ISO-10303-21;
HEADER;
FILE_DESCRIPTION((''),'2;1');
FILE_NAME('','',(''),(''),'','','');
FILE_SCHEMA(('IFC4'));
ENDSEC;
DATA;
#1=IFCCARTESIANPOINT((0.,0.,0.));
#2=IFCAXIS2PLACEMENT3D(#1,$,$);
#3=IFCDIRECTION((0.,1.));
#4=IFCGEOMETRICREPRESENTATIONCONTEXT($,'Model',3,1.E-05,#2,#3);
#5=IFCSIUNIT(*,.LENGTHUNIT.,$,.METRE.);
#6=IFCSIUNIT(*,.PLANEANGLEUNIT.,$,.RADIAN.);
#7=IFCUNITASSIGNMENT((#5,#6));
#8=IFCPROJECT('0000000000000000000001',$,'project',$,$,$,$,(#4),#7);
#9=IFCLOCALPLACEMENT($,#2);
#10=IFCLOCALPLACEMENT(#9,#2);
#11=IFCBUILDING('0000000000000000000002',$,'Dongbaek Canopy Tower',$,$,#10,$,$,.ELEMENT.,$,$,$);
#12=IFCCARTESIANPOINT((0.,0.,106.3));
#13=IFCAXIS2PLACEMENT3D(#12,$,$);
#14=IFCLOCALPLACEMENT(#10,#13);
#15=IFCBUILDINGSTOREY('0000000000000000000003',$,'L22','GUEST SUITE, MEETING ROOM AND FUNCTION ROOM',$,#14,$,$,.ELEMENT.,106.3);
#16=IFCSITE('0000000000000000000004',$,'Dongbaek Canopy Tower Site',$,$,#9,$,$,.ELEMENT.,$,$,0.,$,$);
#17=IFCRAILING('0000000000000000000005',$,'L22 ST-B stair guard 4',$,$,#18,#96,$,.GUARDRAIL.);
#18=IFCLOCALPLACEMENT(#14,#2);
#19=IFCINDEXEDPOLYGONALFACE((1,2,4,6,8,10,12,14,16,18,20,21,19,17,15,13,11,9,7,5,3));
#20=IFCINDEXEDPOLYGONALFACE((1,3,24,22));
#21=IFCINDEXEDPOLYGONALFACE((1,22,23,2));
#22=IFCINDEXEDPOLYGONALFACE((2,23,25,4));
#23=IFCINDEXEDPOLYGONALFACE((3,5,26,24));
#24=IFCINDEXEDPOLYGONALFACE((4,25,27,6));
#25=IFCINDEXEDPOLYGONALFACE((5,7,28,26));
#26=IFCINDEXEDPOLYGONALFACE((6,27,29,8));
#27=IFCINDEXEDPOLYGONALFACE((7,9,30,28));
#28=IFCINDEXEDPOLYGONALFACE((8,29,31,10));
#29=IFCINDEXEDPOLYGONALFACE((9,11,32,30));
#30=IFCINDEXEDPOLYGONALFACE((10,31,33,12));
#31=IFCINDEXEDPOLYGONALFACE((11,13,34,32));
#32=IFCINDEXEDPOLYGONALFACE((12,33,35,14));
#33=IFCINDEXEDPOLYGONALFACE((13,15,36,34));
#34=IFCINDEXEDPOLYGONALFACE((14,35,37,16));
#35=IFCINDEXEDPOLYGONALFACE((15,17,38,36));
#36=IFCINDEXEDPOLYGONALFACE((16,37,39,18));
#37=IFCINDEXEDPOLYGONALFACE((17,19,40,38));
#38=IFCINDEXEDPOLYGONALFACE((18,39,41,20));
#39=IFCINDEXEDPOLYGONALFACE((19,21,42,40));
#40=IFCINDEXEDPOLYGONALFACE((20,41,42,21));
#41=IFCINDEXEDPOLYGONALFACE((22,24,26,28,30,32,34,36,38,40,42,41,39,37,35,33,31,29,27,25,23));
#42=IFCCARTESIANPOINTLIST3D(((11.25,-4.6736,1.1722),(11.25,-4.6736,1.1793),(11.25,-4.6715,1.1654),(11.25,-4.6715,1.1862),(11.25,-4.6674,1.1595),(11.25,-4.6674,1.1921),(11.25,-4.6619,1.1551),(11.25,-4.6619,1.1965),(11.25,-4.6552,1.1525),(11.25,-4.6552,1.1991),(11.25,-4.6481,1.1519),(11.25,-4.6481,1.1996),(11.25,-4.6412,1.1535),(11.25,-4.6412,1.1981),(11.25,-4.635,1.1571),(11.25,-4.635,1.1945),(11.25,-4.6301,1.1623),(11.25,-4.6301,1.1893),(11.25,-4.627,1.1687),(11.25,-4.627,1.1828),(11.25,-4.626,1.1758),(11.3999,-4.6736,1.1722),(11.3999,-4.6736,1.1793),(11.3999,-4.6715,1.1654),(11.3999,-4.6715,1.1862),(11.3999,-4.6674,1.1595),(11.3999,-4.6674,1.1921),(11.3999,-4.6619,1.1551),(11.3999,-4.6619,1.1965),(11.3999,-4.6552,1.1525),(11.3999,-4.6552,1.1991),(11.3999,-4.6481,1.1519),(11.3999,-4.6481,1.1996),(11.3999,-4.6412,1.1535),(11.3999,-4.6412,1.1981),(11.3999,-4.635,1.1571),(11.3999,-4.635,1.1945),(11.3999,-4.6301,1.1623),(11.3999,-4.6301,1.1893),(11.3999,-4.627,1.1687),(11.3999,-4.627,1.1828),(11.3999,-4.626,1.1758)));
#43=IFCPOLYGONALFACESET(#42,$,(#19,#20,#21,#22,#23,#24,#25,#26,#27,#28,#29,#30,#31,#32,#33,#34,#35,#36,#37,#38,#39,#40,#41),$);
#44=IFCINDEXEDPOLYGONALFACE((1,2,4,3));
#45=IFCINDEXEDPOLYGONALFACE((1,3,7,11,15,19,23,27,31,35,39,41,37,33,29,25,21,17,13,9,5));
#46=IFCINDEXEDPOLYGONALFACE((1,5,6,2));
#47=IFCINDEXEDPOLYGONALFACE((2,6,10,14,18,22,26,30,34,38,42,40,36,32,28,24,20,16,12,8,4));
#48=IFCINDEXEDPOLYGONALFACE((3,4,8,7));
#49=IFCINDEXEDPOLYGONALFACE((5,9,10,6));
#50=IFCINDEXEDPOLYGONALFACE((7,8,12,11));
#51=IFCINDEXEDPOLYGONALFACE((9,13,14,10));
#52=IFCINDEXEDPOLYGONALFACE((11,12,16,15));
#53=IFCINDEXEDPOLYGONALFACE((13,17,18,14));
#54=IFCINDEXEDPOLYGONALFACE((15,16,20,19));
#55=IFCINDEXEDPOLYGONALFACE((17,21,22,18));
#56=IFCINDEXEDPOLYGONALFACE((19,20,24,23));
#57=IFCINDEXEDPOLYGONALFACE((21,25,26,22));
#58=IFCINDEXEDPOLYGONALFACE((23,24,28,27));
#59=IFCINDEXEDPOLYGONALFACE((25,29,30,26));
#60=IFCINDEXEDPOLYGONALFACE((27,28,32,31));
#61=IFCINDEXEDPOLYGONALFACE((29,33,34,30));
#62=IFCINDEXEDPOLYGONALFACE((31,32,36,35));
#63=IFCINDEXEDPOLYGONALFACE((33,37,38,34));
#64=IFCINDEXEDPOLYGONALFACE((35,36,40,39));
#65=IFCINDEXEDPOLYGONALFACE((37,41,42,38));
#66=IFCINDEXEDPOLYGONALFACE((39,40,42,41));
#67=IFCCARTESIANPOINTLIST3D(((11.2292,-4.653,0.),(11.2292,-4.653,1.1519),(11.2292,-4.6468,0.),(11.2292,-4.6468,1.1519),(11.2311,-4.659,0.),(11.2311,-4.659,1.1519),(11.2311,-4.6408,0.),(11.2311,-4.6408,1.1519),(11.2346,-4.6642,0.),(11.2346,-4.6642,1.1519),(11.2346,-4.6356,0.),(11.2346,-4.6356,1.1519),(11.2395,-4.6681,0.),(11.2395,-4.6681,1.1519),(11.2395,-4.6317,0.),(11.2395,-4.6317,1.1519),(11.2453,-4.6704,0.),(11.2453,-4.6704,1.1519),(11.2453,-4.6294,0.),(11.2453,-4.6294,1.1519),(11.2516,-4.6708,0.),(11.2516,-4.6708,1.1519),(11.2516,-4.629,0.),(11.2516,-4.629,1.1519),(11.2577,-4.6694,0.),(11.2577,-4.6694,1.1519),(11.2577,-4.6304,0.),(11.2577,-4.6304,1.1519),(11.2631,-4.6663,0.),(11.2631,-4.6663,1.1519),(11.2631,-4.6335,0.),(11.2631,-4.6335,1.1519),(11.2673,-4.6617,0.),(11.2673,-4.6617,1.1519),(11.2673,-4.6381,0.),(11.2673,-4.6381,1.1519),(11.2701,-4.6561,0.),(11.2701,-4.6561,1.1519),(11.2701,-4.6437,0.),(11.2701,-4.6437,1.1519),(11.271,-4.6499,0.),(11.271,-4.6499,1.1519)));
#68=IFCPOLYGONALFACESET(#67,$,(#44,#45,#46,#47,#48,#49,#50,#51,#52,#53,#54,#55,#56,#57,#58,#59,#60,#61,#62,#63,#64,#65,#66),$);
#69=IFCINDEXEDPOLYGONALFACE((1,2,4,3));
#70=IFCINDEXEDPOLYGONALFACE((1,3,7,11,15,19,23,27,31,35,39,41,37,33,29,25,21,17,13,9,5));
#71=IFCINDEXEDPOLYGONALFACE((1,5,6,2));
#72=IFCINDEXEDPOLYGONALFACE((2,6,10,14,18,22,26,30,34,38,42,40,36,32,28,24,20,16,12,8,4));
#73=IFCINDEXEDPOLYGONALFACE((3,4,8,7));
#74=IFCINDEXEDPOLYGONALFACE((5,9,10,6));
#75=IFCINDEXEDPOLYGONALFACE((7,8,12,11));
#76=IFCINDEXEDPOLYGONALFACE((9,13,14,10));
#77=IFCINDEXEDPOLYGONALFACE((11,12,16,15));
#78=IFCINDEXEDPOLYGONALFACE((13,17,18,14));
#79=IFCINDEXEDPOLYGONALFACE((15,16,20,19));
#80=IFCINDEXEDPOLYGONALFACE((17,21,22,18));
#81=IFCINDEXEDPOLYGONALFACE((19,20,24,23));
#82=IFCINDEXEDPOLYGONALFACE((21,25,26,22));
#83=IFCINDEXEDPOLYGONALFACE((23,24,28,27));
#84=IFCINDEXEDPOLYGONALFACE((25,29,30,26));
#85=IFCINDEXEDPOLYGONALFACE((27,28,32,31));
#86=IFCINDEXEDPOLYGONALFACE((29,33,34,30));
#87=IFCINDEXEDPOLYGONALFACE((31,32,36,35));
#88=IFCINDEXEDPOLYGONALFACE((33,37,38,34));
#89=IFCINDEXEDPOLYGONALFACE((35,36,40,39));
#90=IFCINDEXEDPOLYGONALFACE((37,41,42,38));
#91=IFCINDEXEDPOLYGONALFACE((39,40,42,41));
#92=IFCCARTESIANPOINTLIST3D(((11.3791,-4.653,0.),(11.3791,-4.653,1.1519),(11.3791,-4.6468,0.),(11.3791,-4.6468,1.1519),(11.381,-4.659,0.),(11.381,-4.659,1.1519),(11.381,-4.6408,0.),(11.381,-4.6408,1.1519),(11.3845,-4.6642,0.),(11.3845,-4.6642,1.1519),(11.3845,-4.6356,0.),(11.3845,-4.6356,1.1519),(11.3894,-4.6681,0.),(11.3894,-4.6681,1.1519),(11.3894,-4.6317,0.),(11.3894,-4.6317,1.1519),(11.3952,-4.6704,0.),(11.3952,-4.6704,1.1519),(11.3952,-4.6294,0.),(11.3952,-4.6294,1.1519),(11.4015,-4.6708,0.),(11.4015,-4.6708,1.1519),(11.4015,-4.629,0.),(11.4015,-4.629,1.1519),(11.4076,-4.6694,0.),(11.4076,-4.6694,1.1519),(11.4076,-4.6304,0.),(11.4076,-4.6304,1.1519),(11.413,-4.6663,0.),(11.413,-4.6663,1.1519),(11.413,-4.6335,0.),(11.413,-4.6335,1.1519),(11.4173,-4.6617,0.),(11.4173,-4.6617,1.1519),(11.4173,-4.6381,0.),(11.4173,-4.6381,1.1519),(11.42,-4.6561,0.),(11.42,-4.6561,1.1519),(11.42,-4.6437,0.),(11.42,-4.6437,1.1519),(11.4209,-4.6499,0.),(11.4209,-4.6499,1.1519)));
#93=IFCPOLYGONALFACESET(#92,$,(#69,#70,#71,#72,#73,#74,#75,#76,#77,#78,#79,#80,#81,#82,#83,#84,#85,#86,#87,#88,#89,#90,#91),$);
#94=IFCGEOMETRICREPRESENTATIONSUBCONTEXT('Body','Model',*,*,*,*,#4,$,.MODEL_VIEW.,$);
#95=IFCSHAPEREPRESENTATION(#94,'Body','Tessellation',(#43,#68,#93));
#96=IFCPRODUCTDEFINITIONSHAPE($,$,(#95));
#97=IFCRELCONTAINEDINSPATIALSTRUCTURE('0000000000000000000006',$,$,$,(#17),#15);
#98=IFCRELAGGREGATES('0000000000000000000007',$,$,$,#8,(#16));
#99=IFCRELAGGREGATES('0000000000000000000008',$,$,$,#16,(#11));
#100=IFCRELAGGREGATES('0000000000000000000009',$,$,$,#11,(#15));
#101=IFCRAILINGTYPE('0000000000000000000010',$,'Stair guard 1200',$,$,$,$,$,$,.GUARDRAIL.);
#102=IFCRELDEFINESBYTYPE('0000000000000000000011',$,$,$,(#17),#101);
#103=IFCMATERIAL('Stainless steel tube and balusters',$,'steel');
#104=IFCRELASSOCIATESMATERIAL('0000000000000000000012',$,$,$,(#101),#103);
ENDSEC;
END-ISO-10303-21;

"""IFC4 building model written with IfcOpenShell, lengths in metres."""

from ifc_helpers import new_model, si_unit, direction, frame, origin, origin_2d, place, context, subcontext, project, spatial, circle, extrude, material, type_object, element, save


model = new_model("IFC4")

# Units and contexts
model_context = context("Model", 3, precision=1e-05, world=origin(), true_north=direction((0.0, 1.0)))
body_context = subcontext(model_context, "Body", "Model", "MODEL_VIEW")
ifc_project = project(units=[si_unit("LENGTHUNIT", "METRE"), si_unit("PLANEANGLEUNIT", "RADIAN")], contexts=[model_context])

# Site, building, storey
site_placement = place(None, origin())
site = spatial("IfcSite", under=ifc_project, at=site_placement, Name="Dongbaek Canopy Tower Site", CompositionType="ELEMENT", RefElevation=0.0)
building_placement = place(site_placement, origin())
building = spatial("IfcBuilding", under=site, at=building_placement, Name="Dongbaek Canopy Tower", CompositionType="ELEMENT")
storey_placement = place(building_placement, frame((0.0, 0.0, 106.3)))
storey = spatial("IfcBuildingStorey", under=building, at=storey_placement, Name="L22", Description="GUEST SUITE, MEETING ROOM AND FUNCTION ROOM", CompositionType="ELEMENT", Elevation=106.3)

# Railing
ifc_material_1 = material(Name="Stainless steel tube and balusters", Category="steel")
railing_type_1 = type_object("IfcRailingType", Name="Stair guard 1200", PredefinedType="GUARDRAIL", material=ifc_material_1)
railing_1_placement = place(storey_placement, frame((11.25, -4.6499, 0.0)))
element("IfcRailing", 1, at=railing_1_placement, inside=storey, type_object=railing_type_1, Name="L22 ST-B stair guard 4", PredefinedType="GUARDRAIL", context=body_context, shape_type="SweptSolid", body=[
    extrude(circle(Radius=0.0239, at=origin_2d()), frame((0.0, 0.0, 1.1758), z_axis=(1.0, 0.0, 0.0), x_axis=(0.0, 1.0, 0.0)), (0.0, 0.0, 1.0), 0.1499),
    extrude(circle(Radius=0.021, at=origin_2d()), origin(), (0.0, 0.0, 1.0), 1.1519),
    extrude(circle(Radius=0.021, at=origin_2d()), frame((0.1499, 0.0, 0.0)), (0.0, 0.0, 1.0), 1.1519),
])

save(model, "model.ifc")
